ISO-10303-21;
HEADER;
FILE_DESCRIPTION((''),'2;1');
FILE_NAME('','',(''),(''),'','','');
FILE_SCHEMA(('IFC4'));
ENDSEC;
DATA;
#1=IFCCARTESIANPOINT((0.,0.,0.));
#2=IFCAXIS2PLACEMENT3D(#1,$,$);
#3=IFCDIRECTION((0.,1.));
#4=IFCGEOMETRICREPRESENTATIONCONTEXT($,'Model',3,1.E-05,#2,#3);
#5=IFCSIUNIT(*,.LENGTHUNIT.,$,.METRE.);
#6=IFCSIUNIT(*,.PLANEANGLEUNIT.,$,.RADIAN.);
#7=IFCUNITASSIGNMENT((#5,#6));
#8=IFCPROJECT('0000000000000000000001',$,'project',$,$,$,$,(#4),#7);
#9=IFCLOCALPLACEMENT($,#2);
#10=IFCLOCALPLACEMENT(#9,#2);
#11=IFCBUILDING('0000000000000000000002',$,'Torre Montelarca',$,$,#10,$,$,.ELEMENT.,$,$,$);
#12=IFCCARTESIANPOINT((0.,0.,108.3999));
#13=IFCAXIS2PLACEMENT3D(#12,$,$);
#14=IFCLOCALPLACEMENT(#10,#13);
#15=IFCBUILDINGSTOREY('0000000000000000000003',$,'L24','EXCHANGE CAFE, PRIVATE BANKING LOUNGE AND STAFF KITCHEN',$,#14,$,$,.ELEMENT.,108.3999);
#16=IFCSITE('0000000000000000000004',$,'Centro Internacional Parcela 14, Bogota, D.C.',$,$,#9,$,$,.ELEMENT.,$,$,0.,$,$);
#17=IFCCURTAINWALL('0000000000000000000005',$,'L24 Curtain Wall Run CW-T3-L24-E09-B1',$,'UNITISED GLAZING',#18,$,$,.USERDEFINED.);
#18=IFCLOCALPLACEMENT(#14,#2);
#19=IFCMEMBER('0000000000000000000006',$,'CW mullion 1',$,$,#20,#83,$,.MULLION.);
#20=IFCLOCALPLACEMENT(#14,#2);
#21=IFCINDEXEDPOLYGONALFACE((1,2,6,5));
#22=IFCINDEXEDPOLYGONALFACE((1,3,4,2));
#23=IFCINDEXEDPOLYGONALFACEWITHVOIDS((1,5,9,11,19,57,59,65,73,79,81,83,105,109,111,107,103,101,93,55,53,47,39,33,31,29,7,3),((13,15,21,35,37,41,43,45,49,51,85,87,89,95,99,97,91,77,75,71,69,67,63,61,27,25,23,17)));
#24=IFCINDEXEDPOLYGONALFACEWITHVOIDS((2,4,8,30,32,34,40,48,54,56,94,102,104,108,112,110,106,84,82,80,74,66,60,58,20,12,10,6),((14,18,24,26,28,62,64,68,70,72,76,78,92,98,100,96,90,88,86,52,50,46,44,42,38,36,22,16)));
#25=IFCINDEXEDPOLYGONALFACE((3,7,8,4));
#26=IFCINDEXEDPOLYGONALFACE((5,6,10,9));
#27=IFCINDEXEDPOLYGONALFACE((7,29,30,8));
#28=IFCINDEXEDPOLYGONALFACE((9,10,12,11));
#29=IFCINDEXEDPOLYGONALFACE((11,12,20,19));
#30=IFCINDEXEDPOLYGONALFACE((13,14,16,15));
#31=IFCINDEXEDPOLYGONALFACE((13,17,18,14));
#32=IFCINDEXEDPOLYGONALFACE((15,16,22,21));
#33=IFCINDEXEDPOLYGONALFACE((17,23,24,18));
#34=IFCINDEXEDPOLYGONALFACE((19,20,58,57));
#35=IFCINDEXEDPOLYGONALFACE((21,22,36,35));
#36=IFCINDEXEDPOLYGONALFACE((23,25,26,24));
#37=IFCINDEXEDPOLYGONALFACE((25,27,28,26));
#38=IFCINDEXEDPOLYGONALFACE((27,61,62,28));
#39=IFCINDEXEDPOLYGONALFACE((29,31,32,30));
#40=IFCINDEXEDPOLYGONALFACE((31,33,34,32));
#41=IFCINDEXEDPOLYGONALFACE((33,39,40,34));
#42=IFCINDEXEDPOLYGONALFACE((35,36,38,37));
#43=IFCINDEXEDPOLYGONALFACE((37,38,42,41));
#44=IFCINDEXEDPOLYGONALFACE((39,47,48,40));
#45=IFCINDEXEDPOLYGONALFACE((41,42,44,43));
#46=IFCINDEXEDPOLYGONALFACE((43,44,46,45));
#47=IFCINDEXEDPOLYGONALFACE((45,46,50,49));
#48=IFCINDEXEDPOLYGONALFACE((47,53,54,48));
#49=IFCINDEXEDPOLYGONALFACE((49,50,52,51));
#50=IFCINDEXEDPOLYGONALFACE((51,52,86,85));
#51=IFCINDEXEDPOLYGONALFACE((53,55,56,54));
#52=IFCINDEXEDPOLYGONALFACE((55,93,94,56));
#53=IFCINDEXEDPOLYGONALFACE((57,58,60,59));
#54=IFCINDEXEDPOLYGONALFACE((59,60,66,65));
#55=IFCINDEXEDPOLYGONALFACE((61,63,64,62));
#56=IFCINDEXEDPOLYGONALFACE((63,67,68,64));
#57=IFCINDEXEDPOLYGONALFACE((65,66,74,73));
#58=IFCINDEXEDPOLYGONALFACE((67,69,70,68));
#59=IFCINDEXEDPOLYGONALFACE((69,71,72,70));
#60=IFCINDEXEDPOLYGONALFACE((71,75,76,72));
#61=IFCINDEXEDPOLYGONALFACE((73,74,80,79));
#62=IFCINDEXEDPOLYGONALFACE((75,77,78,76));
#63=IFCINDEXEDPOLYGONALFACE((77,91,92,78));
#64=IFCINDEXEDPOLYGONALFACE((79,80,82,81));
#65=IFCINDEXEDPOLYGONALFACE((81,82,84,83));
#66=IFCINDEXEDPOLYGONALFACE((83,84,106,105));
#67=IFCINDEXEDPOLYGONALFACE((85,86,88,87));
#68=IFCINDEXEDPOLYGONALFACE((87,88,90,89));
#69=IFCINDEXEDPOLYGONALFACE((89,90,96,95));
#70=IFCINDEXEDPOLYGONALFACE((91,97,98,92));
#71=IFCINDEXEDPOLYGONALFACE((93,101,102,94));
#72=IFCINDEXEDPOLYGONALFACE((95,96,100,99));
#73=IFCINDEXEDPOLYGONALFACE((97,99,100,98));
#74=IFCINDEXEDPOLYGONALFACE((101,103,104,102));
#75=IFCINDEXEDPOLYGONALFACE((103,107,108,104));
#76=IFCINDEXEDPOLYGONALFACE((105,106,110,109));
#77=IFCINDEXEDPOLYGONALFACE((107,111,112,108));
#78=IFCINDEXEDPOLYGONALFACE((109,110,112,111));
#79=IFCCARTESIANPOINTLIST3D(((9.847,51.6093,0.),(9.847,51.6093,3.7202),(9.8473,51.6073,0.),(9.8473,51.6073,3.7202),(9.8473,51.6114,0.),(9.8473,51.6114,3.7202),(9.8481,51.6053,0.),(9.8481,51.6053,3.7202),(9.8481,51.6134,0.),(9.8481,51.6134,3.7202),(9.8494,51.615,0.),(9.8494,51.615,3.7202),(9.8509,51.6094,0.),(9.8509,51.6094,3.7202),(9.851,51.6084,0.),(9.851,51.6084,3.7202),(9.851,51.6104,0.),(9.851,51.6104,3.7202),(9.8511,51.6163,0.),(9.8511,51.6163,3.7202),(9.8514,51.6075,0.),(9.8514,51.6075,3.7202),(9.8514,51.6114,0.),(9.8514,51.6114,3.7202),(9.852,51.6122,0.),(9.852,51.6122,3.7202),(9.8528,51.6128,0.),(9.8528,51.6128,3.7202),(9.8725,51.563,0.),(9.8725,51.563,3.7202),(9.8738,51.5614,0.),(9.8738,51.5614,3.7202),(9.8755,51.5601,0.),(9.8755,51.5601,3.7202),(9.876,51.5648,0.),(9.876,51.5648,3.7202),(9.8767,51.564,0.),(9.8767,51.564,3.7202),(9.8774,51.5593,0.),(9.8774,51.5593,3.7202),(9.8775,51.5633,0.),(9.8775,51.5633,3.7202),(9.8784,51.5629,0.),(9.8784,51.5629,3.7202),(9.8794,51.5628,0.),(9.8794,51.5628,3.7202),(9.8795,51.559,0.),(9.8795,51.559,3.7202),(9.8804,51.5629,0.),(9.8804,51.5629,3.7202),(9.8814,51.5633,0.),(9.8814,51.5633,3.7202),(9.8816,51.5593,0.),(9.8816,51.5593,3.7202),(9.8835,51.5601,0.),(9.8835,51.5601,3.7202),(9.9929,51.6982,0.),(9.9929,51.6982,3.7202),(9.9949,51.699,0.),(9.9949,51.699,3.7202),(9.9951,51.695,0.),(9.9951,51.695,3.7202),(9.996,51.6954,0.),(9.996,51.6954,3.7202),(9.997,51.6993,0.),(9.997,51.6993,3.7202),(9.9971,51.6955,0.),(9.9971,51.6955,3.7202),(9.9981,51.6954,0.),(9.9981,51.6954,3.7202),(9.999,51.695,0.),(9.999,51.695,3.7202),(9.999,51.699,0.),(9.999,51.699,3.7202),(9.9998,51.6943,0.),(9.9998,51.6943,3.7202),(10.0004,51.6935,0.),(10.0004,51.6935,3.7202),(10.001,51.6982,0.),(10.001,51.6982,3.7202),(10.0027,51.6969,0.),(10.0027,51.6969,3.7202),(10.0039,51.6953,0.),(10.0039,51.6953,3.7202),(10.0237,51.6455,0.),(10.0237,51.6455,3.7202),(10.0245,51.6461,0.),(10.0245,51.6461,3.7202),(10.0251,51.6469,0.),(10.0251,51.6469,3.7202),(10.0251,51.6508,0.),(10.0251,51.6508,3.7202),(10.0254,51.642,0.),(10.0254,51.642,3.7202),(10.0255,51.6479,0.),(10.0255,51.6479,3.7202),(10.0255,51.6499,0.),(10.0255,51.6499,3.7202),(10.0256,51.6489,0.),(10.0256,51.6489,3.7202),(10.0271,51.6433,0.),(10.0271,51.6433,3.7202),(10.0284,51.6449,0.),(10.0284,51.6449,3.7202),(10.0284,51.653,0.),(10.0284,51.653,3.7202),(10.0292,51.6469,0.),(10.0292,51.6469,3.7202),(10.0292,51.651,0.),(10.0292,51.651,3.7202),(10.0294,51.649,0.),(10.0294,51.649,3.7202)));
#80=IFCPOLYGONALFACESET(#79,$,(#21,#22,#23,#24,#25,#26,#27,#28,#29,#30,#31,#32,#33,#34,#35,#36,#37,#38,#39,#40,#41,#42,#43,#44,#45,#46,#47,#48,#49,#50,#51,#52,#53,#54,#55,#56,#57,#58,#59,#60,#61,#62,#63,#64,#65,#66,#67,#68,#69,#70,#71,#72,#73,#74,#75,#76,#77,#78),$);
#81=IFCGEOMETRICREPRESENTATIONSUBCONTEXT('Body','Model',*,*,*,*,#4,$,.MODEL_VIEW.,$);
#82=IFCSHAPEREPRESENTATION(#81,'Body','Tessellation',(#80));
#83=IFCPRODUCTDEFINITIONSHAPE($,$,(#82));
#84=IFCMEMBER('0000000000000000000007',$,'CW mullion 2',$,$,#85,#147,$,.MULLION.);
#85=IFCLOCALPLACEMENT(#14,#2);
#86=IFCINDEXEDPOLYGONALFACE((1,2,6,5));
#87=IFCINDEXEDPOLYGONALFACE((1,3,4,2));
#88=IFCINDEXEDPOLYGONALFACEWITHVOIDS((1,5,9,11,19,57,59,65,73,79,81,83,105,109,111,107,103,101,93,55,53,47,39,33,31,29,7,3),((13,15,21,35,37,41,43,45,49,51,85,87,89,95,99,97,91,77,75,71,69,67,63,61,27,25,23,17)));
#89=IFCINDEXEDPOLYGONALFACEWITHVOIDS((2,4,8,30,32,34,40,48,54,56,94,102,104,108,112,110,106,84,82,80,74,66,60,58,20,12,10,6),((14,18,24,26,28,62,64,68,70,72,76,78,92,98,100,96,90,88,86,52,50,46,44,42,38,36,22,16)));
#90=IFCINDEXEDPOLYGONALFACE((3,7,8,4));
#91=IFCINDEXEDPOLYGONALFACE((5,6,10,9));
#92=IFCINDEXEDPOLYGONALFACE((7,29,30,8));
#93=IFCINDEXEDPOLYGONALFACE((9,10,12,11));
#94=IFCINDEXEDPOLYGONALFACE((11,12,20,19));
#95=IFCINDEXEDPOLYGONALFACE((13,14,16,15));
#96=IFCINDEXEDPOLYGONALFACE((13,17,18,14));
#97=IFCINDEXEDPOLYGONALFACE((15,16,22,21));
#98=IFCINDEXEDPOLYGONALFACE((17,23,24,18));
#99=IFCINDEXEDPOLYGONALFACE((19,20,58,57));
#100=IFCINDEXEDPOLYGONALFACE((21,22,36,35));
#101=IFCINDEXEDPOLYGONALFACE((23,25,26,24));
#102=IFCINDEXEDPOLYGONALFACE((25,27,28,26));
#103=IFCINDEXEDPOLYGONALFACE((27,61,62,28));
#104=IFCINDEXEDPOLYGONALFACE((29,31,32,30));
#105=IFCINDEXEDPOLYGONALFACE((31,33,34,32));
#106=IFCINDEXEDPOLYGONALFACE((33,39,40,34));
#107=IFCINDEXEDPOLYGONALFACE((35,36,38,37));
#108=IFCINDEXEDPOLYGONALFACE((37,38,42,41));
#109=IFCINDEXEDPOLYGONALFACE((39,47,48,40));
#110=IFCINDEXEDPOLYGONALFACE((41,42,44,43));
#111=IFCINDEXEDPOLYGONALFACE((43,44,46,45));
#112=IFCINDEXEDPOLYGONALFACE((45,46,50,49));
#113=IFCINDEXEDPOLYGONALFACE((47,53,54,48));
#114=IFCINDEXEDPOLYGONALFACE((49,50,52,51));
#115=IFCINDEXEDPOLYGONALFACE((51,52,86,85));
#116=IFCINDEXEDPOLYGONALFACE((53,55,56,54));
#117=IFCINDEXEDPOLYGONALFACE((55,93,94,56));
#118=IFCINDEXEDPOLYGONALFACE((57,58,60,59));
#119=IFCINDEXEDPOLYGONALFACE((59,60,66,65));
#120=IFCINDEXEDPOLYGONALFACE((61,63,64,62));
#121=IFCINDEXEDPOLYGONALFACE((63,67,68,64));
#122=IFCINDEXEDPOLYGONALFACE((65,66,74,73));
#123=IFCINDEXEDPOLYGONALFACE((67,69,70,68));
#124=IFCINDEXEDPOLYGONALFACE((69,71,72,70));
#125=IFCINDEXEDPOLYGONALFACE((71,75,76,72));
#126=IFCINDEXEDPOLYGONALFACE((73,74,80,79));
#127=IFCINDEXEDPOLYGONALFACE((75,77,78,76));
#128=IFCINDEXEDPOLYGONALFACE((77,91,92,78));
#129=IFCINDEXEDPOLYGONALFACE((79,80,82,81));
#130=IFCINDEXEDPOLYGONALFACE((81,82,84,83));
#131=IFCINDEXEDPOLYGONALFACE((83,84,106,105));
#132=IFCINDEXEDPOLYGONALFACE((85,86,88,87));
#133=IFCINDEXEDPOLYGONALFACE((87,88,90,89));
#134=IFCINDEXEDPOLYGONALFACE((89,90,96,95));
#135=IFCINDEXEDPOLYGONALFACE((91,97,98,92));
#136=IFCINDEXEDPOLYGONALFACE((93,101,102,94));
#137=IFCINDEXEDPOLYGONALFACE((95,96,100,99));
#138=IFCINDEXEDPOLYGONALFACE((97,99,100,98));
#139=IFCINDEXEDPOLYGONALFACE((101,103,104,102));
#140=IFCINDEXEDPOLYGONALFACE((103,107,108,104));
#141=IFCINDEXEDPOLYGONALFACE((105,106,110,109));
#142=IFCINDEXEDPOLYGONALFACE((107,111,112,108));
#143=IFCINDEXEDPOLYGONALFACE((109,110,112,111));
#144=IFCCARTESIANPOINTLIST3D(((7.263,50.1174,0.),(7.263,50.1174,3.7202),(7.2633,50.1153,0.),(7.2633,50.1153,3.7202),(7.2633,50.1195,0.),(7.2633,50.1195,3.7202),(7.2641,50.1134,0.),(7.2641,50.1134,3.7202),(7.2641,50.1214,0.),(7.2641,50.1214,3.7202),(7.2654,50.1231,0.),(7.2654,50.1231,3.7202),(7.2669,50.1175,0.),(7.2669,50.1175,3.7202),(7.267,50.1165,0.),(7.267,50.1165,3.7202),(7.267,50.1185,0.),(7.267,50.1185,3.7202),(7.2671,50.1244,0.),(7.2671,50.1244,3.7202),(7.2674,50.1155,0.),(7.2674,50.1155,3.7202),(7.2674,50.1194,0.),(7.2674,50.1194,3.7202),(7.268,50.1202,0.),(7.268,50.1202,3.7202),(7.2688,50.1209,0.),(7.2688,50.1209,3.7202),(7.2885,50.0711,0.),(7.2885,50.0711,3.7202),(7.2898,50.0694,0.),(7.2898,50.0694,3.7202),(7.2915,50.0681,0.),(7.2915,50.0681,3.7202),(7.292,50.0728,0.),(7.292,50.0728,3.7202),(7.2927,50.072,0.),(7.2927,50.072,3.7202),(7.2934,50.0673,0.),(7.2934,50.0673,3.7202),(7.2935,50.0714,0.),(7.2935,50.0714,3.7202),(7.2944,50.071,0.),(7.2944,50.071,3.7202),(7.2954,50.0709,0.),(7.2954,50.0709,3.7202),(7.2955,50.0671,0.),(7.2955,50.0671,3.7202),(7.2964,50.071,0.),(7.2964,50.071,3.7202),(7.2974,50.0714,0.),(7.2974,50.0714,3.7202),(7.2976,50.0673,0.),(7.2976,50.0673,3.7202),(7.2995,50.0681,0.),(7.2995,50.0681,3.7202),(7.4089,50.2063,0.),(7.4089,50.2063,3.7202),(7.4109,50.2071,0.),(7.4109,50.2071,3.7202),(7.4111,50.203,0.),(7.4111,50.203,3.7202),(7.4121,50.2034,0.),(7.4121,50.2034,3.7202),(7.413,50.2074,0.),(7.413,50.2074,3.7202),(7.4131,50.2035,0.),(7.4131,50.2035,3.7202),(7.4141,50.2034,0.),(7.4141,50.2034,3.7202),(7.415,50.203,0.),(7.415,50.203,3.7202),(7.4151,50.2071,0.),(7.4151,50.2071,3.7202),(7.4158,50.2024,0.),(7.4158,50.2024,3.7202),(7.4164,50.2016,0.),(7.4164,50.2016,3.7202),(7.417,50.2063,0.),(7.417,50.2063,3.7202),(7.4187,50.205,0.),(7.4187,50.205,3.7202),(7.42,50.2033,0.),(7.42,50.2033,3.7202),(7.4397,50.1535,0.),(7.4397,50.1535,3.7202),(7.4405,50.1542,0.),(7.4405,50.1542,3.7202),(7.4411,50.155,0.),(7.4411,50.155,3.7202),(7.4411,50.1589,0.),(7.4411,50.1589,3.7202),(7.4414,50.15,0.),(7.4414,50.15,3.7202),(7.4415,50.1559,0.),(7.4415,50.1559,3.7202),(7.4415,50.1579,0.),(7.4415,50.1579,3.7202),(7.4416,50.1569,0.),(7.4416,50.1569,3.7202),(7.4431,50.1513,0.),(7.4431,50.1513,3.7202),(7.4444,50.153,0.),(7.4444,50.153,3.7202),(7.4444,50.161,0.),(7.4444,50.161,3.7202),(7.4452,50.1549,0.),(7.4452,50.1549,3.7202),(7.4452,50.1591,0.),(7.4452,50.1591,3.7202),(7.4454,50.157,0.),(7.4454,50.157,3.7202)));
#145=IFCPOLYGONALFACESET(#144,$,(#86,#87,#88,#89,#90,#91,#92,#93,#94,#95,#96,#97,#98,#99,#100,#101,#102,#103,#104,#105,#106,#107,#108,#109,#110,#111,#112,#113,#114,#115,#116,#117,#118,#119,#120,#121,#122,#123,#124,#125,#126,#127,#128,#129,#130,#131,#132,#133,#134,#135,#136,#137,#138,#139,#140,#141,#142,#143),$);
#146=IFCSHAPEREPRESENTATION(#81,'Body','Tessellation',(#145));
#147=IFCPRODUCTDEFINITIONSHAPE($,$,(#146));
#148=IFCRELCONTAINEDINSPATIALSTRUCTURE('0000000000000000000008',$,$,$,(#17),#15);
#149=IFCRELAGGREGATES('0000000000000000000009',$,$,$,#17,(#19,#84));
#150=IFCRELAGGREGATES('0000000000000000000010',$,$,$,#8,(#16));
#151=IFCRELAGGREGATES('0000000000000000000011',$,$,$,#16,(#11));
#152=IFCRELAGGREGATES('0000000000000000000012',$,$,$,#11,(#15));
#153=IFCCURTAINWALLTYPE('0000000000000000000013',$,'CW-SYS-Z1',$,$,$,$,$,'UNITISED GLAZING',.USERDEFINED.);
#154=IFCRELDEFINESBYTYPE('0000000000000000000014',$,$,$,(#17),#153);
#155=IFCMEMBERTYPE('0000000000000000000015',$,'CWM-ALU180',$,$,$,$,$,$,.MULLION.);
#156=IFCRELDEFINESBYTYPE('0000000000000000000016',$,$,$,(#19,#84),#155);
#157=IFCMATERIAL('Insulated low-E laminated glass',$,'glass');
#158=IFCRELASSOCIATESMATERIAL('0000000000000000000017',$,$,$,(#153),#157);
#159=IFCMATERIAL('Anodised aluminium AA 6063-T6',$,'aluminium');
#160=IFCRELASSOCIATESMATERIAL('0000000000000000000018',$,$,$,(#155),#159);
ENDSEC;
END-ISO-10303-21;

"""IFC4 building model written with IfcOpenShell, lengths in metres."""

from ifc_helpers import new_model, si_unit, direction, frame, origin, origin_2d, place, context, subcontext, project, spatial, hollow_rectangle, extrude, source, transform, mapped, material, material_profile, profile_set, type_object, element, aggregate, save


model = new_model("IFC4")

# Units and contexts
model_context = context("Model", 3, precision=1e-05, world=origin(), true_north=direction((0.0, 1.0)))
body_context = subcontext(model_context, "Body", "Model", "MODEL_VIEW")
ifc_project = project(units=[si_unit("LENGTHUNIT", "METRE"), si_unit("PLANEANGLEUNIT", "RADIAN")], contexts=[model_context])

# Site, building, storey
site_placement = place(None, origin())
site = spatial("IfcSite", under=ifc_project, at=site_placement, Name="Centro Internacional Parcela 14, Bogota, D.C.", CompositionType="ELEMENT", RefElevation=0.0)
building_placement = place(site_placement, origin())
building = spatial("IfcBuilding", under=site, at=building_placement, Name="Torre Montelarca", CompositionType="ELEMENT")
storey_placement = place(building_placement, frame((0.0, 0.0, 108.3999)))
storey = spatial("IfcBuildingStorey", under=building, at=storey_placement, Name="L24", Description="EXCHANGE CAFE, PRIVATE BANKING LOUNGE AND STAFF KITCHEN", CompositionType="ELEMENT", Elevation=108.3999)

# Curtain wall
ifc_material_1 = material(Name="Insulated low-E laminated glass", Category="glass")
curtain_wall_type = type_object("IfcCurtainWallType", Name="CW-SYS-Z1", ElementType="UNITISED GLAZING", PredefinedType="USERDEFINED", material=ifc_material_1)
curtain_wall_1_placement = place(storey_placement, origin())
curtain_wall_1 = element("IfcCurtainWall", 1, at=curtain_wall_1_placement, inside=storey, type_object=curtain_wall_type, Name="L24 Curtain Wall Run CW-T3-L24-E09-B1", ObjectType="UNITISED GLAZING", PredefinedType="USERDEFINED")
ifc_material_2 = material(Name="Anodised aluminium AA 6063-T6", Category="aluminium")

# Members
ifc_material_profile_1 = material_profile(ifc_material_2, hollow_rectangle(XDim=0.0649, YDim=0.1799, WallThickness=0.0039, InnerFilletRadius=0.0039, OuterFilletRadius=0.0081, at=origin_2d()), Name="ALU65X180X4", Category="aluminium")
ifc_profile_set_1 = profile_set([ifc_material_profile_1], Name="Anodised aluminium AA 6063-T6")
member_type_1 = type_object("IfcMemberType", Name="CWM-ALU180", PredefinedType="MULLION", material=ifc_profile_set_1)
shared_shape_1 = source(origin(), body_context, "Body", "SweptSolid", [
    extrude(hollow_rectangle(XDim=0.0649, YDim=0.1799, WallThickness=0.0039, InnerFilletRadius=0.0039, OuterFilletRadius=0.0081, at=origin_2d()), origin(), (0.0, 0.0, 1.0), 3.7202),
])
member_1_placement = place(storey_placement, frame((9.9382, 51.6292, 0.0), z_axis=(0.0, 0.0, 1.0), x_axis=(0.500001, -0.866025, 0.0)))
member_1 = element("IfcMember", 2, at=member_1_placement, type_object=member_type_1, Name="CW mullion 1", PredefinedType="MULLION", context=body_context, shape_type="MappedRepresentation", body=[
    mapped(shared_shape_1, transform((0.0, 0.0, 0.0), scale=1.0)),
])
member_2_placement = place(storey_placement, frame((7.3542, 50.1372, 0.0), z_axis=(0.0, 0.0, 1.0), x_axis=(0.500001, -0.866025, 0.0)))
member_2 = element("IfcMember", 3, at=member_2_placement, type_object=member_type_1, Name="CW mullion 2", PredefinedType="MULLION", context=body_context, shape_type="MappedRepresentation", body=[
    mapped(shared_shape_1, transform((0.0, 0.0, 0.0), scale=1.0)),
])

aggregate(curtain_wall_1, [member_1, member_2])

save(model, "model.ifc")
